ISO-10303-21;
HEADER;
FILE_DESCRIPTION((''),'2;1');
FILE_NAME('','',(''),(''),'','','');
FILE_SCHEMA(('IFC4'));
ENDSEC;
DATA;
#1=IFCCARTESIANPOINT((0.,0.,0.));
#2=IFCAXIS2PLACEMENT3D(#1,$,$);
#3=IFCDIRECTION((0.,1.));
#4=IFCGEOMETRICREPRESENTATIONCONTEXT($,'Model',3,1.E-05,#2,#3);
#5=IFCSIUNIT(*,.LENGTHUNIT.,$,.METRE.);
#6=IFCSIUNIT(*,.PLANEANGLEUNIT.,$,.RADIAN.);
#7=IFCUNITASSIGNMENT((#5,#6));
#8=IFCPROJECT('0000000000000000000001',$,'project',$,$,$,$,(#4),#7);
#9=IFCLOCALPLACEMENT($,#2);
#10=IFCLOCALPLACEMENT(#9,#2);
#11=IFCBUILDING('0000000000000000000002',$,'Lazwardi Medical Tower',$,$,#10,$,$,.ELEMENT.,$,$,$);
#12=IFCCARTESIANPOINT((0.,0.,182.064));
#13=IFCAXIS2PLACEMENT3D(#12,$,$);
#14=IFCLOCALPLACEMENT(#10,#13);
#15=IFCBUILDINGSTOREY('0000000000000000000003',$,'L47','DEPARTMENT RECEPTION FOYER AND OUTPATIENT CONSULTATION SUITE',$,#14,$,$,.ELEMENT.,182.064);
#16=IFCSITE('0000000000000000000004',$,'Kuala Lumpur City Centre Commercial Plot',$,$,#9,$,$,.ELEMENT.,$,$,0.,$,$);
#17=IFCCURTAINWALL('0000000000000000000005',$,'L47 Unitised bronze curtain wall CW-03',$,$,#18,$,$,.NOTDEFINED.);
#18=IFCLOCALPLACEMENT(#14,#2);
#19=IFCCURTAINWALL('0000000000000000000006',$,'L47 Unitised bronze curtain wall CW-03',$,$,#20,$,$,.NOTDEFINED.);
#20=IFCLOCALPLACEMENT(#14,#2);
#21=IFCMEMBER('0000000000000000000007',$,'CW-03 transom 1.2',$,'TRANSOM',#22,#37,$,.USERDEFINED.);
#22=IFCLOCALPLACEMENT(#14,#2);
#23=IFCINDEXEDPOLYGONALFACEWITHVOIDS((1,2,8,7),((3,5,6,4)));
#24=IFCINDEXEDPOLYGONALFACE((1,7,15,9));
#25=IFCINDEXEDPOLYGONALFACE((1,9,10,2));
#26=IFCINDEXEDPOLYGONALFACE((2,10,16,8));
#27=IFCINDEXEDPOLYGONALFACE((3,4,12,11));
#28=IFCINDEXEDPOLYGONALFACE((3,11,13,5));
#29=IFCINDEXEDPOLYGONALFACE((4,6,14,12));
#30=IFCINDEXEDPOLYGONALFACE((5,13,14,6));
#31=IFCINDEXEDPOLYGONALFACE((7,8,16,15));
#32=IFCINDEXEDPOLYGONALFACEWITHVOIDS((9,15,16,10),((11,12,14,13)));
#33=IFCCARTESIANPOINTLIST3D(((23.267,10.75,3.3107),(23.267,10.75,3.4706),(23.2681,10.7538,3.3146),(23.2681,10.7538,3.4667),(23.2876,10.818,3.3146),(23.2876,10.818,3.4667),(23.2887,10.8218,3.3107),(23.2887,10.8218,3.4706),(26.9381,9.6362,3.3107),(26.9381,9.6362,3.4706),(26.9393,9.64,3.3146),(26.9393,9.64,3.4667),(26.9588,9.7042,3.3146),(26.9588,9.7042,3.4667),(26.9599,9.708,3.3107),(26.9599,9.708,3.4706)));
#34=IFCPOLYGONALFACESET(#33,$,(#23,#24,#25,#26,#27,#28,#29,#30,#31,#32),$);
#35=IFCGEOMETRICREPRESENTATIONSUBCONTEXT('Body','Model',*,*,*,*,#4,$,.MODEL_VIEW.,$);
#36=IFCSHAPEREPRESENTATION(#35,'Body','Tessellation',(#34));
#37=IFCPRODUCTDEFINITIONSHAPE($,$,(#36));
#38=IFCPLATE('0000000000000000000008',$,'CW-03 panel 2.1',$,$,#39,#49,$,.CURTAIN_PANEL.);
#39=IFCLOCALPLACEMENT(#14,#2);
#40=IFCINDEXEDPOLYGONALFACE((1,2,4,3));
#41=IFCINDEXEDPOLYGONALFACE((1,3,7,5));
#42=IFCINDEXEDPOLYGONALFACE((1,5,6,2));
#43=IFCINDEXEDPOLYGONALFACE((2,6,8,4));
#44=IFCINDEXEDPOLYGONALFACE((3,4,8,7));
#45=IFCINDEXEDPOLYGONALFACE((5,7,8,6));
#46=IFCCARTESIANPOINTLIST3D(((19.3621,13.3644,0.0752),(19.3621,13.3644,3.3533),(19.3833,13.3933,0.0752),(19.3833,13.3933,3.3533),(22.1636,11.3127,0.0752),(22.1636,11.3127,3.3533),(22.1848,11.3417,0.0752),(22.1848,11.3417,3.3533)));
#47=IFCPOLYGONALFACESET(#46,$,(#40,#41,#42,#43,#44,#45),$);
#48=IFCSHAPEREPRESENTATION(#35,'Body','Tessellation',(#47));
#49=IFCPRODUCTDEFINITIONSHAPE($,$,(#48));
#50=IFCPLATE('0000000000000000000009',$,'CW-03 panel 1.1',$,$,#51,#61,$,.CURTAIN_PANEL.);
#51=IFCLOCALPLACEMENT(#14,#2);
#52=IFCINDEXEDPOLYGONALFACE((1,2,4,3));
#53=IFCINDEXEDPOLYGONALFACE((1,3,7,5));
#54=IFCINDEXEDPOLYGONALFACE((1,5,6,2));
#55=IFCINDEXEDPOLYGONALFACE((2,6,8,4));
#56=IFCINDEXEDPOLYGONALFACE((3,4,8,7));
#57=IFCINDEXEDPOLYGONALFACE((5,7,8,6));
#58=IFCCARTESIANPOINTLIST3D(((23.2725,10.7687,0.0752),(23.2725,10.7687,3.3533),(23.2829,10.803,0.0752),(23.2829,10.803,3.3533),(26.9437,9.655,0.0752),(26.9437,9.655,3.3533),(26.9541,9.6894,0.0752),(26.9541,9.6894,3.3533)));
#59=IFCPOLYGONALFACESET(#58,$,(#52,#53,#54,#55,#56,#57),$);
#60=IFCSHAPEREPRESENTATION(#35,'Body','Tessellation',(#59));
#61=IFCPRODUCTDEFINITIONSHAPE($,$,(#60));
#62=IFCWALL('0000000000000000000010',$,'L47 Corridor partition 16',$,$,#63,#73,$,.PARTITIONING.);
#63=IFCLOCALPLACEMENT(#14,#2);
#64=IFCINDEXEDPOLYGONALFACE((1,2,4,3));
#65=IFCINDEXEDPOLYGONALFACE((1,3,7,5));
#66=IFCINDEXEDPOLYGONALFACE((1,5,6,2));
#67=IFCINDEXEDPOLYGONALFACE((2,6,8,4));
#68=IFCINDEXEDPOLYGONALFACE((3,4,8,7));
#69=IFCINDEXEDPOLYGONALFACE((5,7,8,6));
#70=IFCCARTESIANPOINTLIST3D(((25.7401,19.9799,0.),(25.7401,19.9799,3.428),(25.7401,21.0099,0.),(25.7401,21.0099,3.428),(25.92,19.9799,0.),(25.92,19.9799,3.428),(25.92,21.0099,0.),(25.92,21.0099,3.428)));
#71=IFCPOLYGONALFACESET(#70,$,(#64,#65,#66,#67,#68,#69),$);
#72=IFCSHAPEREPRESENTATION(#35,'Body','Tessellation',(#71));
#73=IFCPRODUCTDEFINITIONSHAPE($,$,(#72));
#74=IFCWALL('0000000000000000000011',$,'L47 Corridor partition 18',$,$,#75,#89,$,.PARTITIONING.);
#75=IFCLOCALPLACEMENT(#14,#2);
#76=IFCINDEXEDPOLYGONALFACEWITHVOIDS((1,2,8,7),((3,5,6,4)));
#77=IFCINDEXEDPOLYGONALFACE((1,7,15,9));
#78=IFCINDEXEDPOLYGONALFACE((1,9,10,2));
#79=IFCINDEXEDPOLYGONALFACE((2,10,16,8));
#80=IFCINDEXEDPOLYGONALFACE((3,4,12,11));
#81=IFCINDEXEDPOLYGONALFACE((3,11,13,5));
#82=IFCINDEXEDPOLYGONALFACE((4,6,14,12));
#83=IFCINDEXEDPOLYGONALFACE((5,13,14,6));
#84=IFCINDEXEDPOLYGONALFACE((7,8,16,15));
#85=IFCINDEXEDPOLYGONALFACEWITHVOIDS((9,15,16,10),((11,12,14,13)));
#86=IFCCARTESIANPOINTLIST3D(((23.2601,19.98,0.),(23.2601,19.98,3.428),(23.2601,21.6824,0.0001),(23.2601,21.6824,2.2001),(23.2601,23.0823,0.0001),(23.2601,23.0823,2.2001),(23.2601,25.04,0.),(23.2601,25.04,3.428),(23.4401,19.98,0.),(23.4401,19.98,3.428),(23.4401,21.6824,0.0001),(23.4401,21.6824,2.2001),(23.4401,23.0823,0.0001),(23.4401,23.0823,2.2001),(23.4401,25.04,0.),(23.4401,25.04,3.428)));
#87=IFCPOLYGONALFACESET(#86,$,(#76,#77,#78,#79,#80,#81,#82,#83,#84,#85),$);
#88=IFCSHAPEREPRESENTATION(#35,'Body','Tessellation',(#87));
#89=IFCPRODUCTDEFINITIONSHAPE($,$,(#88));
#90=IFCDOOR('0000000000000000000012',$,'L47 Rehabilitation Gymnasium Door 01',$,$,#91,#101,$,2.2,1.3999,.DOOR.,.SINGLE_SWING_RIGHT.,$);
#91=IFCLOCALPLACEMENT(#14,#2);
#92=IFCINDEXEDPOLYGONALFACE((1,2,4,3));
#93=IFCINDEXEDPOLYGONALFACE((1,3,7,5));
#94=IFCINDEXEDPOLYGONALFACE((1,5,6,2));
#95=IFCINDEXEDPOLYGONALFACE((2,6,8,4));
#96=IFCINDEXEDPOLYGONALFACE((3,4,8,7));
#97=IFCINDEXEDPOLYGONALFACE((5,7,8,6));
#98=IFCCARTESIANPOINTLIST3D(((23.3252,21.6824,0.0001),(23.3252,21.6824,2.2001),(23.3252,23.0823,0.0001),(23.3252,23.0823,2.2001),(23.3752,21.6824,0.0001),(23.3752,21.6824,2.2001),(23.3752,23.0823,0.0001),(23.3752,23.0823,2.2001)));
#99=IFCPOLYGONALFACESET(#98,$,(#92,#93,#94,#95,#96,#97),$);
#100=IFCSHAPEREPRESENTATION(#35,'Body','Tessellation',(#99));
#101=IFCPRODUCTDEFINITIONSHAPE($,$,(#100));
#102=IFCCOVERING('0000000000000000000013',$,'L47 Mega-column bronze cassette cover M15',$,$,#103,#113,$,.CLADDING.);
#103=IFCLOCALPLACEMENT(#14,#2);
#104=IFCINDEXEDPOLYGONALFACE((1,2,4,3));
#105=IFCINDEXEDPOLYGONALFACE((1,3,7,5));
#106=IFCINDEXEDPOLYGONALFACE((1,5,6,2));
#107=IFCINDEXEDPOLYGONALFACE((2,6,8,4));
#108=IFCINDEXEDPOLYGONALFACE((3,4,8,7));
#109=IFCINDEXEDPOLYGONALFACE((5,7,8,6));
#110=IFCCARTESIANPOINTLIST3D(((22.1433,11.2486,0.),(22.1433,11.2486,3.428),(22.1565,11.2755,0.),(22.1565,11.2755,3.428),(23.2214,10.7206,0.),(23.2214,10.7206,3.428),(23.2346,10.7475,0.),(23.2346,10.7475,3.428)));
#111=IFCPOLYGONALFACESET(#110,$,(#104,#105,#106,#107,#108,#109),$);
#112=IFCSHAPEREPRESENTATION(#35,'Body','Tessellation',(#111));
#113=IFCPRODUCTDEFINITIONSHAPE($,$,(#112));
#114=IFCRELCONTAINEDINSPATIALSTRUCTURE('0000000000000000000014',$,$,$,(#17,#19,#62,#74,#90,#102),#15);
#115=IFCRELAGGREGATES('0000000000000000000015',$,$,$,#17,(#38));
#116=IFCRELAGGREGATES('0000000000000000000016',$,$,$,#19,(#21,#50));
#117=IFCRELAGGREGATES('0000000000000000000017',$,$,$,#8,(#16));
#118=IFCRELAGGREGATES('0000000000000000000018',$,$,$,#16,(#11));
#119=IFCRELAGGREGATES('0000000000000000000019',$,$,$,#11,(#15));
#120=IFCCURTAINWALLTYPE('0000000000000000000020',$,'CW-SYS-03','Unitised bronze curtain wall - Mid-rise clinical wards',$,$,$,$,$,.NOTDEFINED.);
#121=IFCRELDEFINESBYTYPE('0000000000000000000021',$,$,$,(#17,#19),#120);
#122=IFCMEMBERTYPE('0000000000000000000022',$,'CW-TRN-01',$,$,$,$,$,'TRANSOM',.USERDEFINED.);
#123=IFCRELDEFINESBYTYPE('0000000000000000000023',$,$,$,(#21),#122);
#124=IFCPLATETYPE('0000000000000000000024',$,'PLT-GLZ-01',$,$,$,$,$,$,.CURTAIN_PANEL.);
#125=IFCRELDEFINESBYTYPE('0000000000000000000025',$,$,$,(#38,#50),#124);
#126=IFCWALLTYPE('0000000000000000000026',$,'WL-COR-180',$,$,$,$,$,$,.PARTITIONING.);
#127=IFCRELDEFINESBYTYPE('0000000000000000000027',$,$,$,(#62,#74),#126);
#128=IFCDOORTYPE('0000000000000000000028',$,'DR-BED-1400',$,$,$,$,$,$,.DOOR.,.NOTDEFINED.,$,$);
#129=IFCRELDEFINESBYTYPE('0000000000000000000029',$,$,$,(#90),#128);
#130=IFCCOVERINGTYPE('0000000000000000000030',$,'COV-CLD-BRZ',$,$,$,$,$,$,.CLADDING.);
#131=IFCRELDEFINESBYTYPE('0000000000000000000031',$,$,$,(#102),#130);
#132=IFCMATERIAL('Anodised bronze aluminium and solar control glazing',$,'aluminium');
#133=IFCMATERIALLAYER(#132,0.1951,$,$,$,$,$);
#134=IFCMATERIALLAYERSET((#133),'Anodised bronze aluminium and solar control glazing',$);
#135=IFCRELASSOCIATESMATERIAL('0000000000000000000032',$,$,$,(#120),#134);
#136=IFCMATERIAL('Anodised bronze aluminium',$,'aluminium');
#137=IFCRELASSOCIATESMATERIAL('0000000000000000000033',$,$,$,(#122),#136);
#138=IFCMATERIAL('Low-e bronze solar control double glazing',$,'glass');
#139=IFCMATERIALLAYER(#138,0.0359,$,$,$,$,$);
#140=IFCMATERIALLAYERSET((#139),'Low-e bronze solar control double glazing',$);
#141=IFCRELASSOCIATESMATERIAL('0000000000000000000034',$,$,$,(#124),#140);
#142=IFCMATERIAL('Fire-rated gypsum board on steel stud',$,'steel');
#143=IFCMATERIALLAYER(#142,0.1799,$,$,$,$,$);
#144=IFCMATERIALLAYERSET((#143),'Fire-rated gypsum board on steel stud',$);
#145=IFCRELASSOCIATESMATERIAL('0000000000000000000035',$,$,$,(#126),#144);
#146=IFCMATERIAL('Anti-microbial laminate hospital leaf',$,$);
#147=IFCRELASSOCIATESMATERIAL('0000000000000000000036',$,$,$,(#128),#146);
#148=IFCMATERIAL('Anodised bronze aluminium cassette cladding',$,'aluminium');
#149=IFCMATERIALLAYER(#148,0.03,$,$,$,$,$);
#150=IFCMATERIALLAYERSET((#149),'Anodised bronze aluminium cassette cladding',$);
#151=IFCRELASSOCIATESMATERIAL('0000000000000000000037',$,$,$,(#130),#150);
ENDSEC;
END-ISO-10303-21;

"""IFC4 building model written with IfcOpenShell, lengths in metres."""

from ifc_helpers import new_model, si_unit, direction, frame, frame_2d, origin, origin_2d, place, context, subcontext, project, spatial, rectangle, hollow_rectangle, extrude, material, layer, layer_set, material_profile, profile_set, type_object, element, fill, aggregate, save


model = new_model("IFC4")

# Units and contexts
model_context = context("Model", 3, precision=1e-05, world=origin(), true_north=direction((0.0, 1.0)))
body_context = subcontext(model_context, "Body", "Model", "MODEL_VIEW")
ifc_project = project(units=[si_unit("LENGTHUNIT", "METRE"), si_unit("PLANEANGLEUNIT", "RADIAN")], contexts=[model_context])

# Site, building, storey
site_placement = place(None, origin())
site = spatial("IfcSite", under=ifc_project, at=site_placement, Name="Kuala Lumpur City Centre Commercial Plot", CompositionType="ELEMENT", RefElevation=0.0)
building_placement = place(site_placement, origin())
building = spatial("IfcBuilding", under=site, at=building_placement, Name="Lazwardi Medical Tower", CompositionType="ELEMENT")
storey_placement = place(building_placement, frame((0.0, 0.0, 182.064)))
storey = spatial("IfcBuildingStorey", under=building, at=storey_placement, Name="L47", Description="DEPARTMENT RECEPTION FOYER AND OUTPATIENT CONSULTATION SUITE", CompositionType="ELEMENT", Elevation=182.064)

# Curtain walls
ifc_material_1 = material(Name="Anodised bronze aluminium and solar control glazing", Category="aluminium")
ifc_layer_1 = layer(ifc_material_1, 0.1951)
ifc_layer_set_1 = layer_set([ifc_layer_1], Name="Anodised bronze aluminium and solar control glazing")
curtain_wall_type = type_object("IfcCurtainWallType", Name="CW-SYS-03", Description="Unitised bronze curtain wall - Mid-rise clinical wards", PredefinedType="NOTDEFINED", material=ifc_layer_set_1)
curtain_wall_1_placement = place(storey_placement, origin())
curtain_wall_1 = element("IfcCurtainWall", 1, at=curtain_wall_1_placement, inside=storey, type_object=curtain_wall_type, Name="L47 Unitised bronze curtain wall CW-03", PredefinedType="NOTDEFINED")
ifc_material_2 = material(Name="Anodised bronze aluminium", Category="aluminium")
curtain_wall_2_placement = place(storey_placement, origin())
curtain_wall_2 = element("IfcCurtainWall", 2, at=curtain_wall_2_placement, inside=storey, type_object=curtain_wall_type, Name="L47 Unitised bronze curtain wall CW-03", PredefinedType="NOTDEFINED")

# Member
ifc_material_profile_1 = material_profile(ifc_material_2, hollow_rectangle(XDim=0.075, YDim=0.1599, WallThickness=0.0039, at=origin_2d()), Name="ALU-TRANSOM 160x75x4")
ifc_profile_set_1 = profile_set([ifc_material_profile_1], Name="Anodised bronze aluminium")
member_type_1 = type_object("IfcMemberType", Name="CW-TRN-01", ElementType="TRANSOM", PredefinedType="USERDEFINED", material=ifc_profile_set_1)
member_1_placement = place(storey_placement, frame((23.2778, 10.7859, 3.3906), z_axis=(0.95693, -0.290318, 0.0), x_axis=(0.290318, 0.95693, 0.0)))
member_1 = element("IfcMember", 3, at=member_1_placement, type_object=member_type_1, Name="CW-03 transom 1.2", ObjectType="TRANSOM", PredefinedType="USERDEFINED", context=body_context, shape_type="SweptSolid", body=[
    extrude(hollow_rectangle(XDim=0.075, YDim=0.1599, WallThickness=0.0039, at=origin_2d()), origin(), (0.0, 0.0, 1.0), 3.8364),
])

# Plates
ifc_material_3 = material(Name="Low-e bronze solar control double glazing", Category="glass")
ifc_layer_2 = layer(ifc_material_3, 0.0359)
ifc_layer_set_2 = layer_set([ifc_layer_2], Name="Low-e bronze solar control double glazing")
plate_type = type_object("IfcPlateType", Name="PLT-GLZ-01", PredefinedType="CURTAIN_PANEL", material=ifc_layer_set_2)
plate_1_placement = place(storey_placement, frame((20.7734, 12.353, 0.0752), z_axis=(0.0, 0.0, 1.0), x_axis=(0.806793, -0.590834, 0.0)))
plate_1 = element("IfcPlate", 4, at=plate_1_placement, type_object=plate_type, Name="CW-03 panel 2.1", PredefinedType="CURTAIN_PANEL", context=body_context, shape_type="SweptSolid", body=[
    extrude(rectangle(XDim=3.4724, YDim=0.0359, at=origin_2d()), origin(), (0.0, 0.0, 1.0), 3.2781),
])
aggregate(curtain_wall_1, [plate_1])
plate_2_placement = place(storey_placement, frame((25.1133, 10.229, 0.0752), z_axis=(0.0, 0.0, 1.0), x_axis=(0.956942, -0.290281, 0.0)))
plate_2 = element("IfcPlate", 5, at=plate_2_placement, type_object=plate_type, Name="CW-03 panel 1.1", PredefinedType="CURTAIN_PANEL", context=body_context, shape_type="SweptSolid", body=[
    extrude(rectangle(XDim=3.8364, YDim=0.0359, at=origin_2d()), origin(), (0.0, 0.0, 1.0), 3.2781),
])
aggregate(curtain_wall_2, [member_1, plate_2])

# Wall
ifc_material_4 = material(Name="Fire-rated gypsum board on steel stud", Category="steel")
ifc_layer_3 = layer(ifc_material_4, 0.1799)
ifc_layer_set_3 = layer_set([ifc_layer_3], Name="Fire-rated gypsum board on steel stud")
wall_type = type_object("IfcWallType", Name="WL-COR-180", PredefinedType="PARTITIONING", material=ifc_layer_set_3)
wall_1_placement = place(storey_placement, frame((25.8301, 21.01, 0.0), z_axis=(0.0, 0.0, 1.0), x_axis=(0.0, -1.0, 0.0)))
element("IfcWall", 6, at=wall_1_placement, inside=storey, type_object=wall_type, Name="L47 Corridor partition 16", PredefinedType="PARTITIONING", context=body_context, shape_type="SweptSolid", body=[
    extrude(rectangle(XDim=1.03, YDim=0.1799, at=frame_2d((0.5151, 0.0))), origin(), (0.0, 0.0, 1.0), 3.428),
])

# Wall, opening, door
wall_2_placement = place(storey_placement, frame((23.3501, 19.98, 0.0), z_axis=(0.0, 0.0, 1.0), x_axis=(0.0, 1.0, 0.0)))
wall_2 = element("IfcWall", 7, at=wall_2_placement, inside=storey, type_object=wall_type, Name="L47 Corridor partition 18", PredefinedType="PARTITIONING", context=body_context, shape_type="SweptSolid", body=[
    extrude(rectangle(XDim=5.0601, YDim=0.1799, at=frame_2d((2.53, 0.0))), origin(), (0.0, 0.0, 1.0), 3.428),
])
opening_placement = place(wall_2_placement, frame((1.7024, 0.0, 0.0)))
opening = element("IfcOpeningElement", 8, at=opening_placement, cuts=wall_2, PredefinedType="OPENING", context=body_context, shape_type="SweptSolid", body=[
    extrude(rectangle(XDim=1.3999, YDim=2.2, at=frame_2d((0.7, 1.1001))), frame((0.0, 0.0999, 0.0), z_axis=(0.0, -1.0, 0.0), x_axis=(1.0, 0.0, 0.0)), (0.0, 0.0, 1.0), 0.2),
])
ifc_material_5 = material(Name="Anti-microbial laminate hospital leaf")
door_type = type_object("IfcDoorType", Name="DR-BED-1400", OperationType="NOTDEFINED", PredefinedType="DOOR", material=ifc_material_5)
door_placement = place(opening_placement, origin())
door = element("IfcDoor", 9, at=door_placement, inside=storey, type_object=door_type, Name="L47 Rehabilitation Gymnasium Door 01", OperationType="SINGLE_SWING_RIGHT", OverallHeight=2.2, OverallWidth=1.3999, PredefinedType="DOOR", context=body_context, shape_type="SweptSolid", body=[
    extrude(rectangle(XDim=1.3999, YDim=2.2, at=frame_2d((0.7, 1.1001))), frame((0.0, 0.0249, 0.0), z_axis=(0.0, -1.0, 0.0), x_axis=(1.0, 0.0, 0.0)), (0.0, 0.0, 1.0), 0.05),
])
fill(opening, door)

# Covering
ifc_material_6 = material(Name="Anodised bronze aluminium cassette cladding", Category="aluminium")
ifc_layer_4 = layer(ifc_material_6, 0.03)
ifc_layer_set_4 = layer_set([ifc_layer_4], Name="Anodised bronze aluminium cassette cladding")
covering_type = type_object("IfcCoveringType", Name="COV-CLD-BRZ", PredefinedType="CLADDING", material=ifc_layer_set_4)
covering_placement = place(storey_placement, frame((22.689, 10.998, 0.0), z_axis=(0.0, 0.0, 1.0), x_axis=(0.898079, -0.439834, 0.0)))
element("IfcCovering", 10, at=covering_placement, inside=storey, type_object=covering_type, Name="L47 Mega-column bronze cassette cover M15", PredefinedType="CLADDING", context=body_context, shape_type="SweptSolid", body=[
    extrude(rectangle(XDim=1.2004, YDim=0.03, at=origin_2d()), origin(), (0.0, 0.0, 1.0), 3.428),
])

save(model, "model.ifc")
